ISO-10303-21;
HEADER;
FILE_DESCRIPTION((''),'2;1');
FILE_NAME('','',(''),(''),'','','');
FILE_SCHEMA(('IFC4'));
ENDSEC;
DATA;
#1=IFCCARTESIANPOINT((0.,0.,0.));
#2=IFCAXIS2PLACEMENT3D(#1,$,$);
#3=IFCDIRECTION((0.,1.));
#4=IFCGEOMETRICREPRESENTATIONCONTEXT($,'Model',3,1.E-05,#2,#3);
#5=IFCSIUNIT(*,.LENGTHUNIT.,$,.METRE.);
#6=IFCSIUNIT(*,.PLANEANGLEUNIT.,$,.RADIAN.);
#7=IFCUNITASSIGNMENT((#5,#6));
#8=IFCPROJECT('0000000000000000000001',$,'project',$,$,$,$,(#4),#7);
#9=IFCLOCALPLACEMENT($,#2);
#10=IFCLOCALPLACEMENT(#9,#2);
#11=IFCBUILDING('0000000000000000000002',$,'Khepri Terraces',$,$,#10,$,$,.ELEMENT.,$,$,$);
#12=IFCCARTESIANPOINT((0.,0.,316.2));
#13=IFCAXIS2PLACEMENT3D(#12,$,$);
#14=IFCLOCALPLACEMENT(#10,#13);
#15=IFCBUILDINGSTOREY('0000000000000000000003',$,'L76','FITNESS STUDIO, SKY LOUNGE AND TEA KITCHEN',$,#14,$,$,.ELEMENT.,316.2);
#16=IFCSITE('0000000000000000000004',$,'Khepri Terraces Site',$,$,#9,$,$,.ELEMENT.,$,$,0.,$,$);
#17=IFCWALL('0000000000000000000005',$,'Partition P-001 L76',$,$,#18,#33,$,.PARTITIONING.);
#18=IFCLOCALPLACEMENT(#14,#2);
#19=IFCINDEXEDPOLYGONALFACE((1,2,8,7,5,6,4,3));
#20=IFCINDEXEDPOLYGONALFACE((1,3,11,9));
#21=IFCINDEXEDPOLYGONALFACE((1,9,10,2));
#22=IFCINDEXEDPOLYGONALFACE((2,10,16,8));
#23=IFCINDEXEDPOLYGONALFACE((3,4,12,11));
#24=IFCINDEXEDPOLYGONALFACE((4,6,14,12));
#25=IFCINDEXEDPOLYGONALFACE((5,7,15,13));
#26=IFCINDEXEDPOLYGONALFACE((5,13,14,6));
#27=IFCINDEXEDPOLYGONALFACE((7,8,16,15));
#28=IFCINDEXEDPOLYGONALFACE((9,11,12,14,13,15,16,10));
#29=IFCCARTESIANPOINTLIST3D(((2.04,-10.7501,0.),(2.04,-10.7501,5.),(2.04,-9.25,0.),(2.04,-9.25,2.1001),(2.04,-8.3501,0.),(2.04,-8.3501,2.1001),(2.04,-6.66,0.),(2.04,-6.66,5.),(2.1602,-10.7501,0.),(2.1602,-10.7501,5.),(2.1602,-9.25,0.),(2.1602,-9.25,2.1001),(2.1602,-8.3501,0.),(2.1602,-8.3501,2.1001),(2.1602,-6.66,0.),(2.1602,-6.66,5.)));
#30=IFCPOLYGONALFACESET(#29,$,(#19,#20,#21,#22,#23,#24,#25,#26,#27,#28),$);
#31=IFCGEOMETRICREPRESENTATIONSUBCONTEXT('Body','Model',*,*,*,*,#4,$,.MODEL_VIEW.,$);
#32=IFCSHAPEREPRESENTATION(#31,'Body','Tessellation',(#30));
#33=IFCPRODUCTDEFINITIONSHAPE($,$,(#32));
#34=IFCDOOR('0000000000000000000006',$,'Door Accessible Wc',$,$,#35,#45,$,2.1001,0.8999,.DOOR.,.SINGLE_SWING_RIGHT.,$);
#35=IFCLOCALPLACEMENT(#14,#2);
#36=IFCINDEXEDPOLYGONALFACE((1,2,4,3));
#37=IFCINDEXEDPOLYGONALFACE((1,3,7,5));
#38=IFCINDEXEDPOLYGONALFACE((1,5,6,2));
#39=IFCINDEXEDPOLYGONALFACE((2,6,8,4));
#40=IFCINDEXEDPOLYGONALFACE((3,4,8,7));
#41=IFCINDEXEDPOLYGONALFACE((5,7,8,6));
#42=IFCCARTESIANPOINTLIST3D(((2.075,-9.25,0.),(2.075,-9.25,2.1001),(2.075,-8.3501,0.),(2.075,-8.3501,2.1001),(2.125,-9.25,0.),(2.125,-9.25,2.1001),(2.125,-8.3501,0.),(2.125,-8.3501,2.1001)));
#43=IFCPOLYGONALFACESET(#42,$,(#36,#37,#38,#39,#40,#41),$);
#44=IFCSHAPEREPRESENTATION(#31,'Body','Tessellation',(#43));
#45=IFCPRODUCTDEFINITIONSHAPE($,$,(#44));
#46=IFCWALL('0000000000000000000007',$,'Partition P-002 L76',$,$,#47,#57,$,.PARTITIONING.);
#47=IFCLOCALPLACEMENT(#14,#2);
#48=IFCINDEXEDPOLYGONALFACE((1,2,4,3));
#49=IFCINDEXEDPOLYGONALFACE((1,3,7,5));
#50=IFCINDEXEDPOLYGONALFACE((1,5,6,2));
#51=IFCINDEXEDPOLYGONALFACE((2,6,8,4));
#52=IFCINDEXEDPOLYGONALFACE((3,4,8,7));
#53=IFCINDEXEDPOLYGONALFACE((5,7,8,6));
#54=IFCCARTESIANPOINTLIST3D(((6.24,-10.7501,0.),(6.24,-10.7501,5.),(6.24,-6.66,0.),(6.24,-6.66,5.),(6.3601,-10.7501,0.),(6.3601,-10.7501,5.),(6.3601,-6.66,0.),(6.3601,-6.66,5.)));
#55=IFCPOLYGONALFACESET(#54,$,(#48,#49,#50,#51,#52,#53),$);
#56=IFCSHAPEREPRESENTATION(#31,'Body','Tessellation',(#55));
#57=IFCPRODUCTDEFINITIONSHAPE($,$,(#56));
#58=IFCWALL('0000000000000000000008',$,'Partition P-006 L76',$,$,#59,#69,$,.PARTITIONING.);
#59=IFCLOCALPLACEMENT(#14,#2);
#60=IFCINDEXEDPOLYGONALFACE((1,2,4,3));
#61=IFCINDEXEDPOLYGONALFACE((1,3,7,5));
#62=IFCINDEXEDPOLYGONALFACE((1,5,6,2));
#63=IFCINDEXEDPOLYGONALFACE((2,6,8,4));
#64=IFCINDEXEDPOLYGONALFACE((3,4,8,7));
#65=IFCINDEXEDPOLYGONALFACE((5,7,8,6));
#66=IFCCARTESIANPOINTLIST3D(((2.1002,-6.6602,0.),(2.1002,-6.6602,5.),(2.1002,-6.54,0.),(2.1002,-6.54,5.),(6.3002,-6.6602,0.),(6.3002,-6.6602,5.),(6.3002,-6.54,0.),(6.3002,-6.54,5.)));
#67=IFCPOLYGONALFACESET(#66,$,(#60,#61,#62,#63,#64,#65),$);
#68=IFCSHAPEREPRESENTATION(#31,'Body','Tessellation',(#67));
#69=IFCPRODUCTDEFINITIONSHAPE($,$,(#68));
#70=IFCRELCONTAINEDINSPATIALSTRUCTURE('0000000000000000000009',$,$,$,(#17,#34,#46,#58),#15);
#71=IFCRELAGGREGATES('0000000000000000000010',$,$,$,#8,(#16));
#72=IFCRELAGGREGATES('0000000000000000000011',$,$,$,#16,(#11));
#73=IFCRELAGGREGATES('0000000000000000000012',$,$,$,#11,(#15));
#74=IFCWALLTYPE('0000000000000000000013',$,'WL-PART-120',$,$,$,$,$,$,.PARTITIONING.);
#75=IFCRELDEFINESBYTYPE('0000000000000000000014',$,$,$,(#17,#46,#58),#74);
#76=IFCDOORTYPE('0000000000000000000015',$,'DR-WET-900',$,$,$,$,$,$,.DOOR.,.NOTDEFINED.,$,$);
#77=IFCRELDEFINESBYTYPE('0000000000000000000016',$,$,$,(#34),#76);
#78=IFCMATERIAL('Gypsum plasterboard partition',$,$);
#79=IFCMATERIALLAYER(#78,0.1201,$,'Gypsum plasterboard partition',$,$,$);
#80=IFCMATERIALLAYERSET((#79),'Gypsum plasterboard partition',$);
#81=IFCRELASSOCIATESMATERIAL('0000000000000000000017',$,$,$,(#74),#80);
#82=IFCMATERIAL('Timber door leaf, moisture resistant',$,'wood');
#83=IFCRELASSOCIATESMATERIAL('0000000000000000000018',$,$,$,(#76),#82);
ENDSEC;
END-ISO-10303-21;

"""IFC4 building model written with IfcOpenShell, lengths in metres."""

from ifc_helpers import new_model, si_unit, direction, frame, frame_2d, origin, place, context, subcontext, project, spatial, rectangle, extrude, material, layer, layer_set, type_object, element, fill, save


model = new_model("IFC4")

# Units and contexts
model_context = context("Model", 3, precision=1e-05, world=origin(), true_north=direction((0.0, 1.0)))
body_context = subcontext(model_context, "Body", "Model", "MODEL_VIEW")
ifc_project = project(units=[si_unit("LENGTHUNIT", "METRE"), si_unit("PLANEANGLEUNIT", "RADIAN")], contexts=[model_context])

# Site, building, storey
site_placement = place(None, origin())
site = spatial("IfcSite", under=ifc_project, at=site_placement, Name="Khepri Terraces Site", CompositionType="ELEMENT", RefElevation=0.0)
building_placement = place(site_placement, origin())
building = spatial("IfcBuilding", under=site, at=building_placement, Name="Khepri Terraces", CompositionType="ELEMENT")
storey_placement = place(building_placement, frame((0.0, 0.0, 316.2)))
storey = spatial("IfcBuildingStorey", under=building, at=storey_placement, Name="L76", Description="FITNESS STUDIO, SKY LOUNGE AND TEA KITCHEN", CompositionType="ELEMENT", Elevation=316.2)

# Wall, opening, door
ifc_material_1 = material(Name="Gypsum plasterboard partition")
ifc_layer_1 = layer(ifc_material_1, 0.1201, Name="Gypsum plasterboard partition")
ifc_layer_set_1 = layer_set([ifc_layer_1], Name="Gypsum plasterboard partition")
wall_type_1 = type_object("IfcWallType", Name="WL-PART-120", PredefinedType="PARTITIONING", material=ifc_layer_set_1)
wall_1_placement = place(storey_placement, frame((2.1001, -10.75, 0.0), z_axis=(0.0, 0.0, 1.0), x_axis=(0.0, 1.0, 0.0)))
wall_1 = element("IfcWall", 1, at=wall_1_placement, inside=storey, type_object=wall_type_1, Name="Partition P-001 L76", PredefinedType="PARTITIONING", context=body_context, shape_type="SweptSolid", body=[
    extrude(rectangle(XDim=4.0901, YDim=0.1201, at=frame_2d((2.0449, 0.0))), origin(), (0.0, 0.0, 1.0), 5.0),
])
opening_1_placement = place(wall_1_placement, frame((1.5, 0.0, 0.0)))
opening_1 = element("IfcOpeningElement", 2, at=opening_1_placement, cuts=wall_1, PredefinedType="OPENING", context=body_context, shape_type="SweptSolid", body=[
    extrude(rectangle(XDim=0.8999, YDim=2.1001, at=frame_2d((0.45, 1.05))), frame((0.0, 0.0701, 0.0), z_axis=(0.0, -1.0, 0.0), x_axis=(1.0, 0.0, 0.0)), (0.0, 0.0, 1.0), 0.1401),
])
ifc_material_2 = material(Name="Timber door leaf, moisture resistant", Category="wood")
door_type_1 = type_object("IfcDoorType", Name="DR-WET-900", OperationType="NOTDEFINED", PredefinedType="DOOR", material=ifc_material_2)
door_1_placement = place(opening_1_placement, frame((0.8999, 0.0, 0.0), z_axis=(0.0, 0.0, 1.0), x_axis=(-1.0, 0.0, 0.0)))
door_1 = element("IfcDoor", 3, at=door_1_placement, inside=storey, type_object=door_type_1, Name="Door Accessible Wc", OperationType="SINGLE_SWING_RIGHT", OverallHeight=2.1001, OverallWidth=0.8999, PredefinedType="DOOR", context=body_context, shape_type="SweptSolid", body=[
    extrude(rectangle(XDim=0.8999, YDim=2.1001, at=frame_2d((0.45, 1.05))), frame((0.0, 0.0249, 0.0), z_axis=(0.0, -1.0, 0.0), x_axis=(1.0, 0.0, 0.0)), (0.0, 0.0, 1.0), 0.05),
])
fill(opening_1, door_1)

# Walls
wall_2_placement = place(storey_placement, frame((6.3, -10.75, 0.0), z_axis=(0.0, 0.0, 1.0), x_axis=(0.0, 1.0, 0.0)))
element("IfcWall", 4, at=wall_2_placement, inside=storey, type_object=wall_type_1, Name="Partition P-002 L76", PredefinedType="PARTITIONING", context=body_context, shape_type="SweptSolid", body=[
    extrude(rectangle(XDim=4.0901, YDim=0.1201, at=frame_2d((2.0449, 0.0))), origin(), (0.0, 0.0, 1.0), 5.0),
])
wall_3_placement = place(storey_placement, frame((2.1001, -6.6001, 0.0), z_axis=(0.0, 0.0, 1.0), x_axis=(1.0, 0.0, 0.0)))
element("IfcWall", 5, at=wall_3_placement, inside=storey, type_object=wall_type_1, Name="Partition P-006 L76", PredefinedType="PARTITIONING", context=body_context, shape_type="SweptSolid", body=[
    extrude(rectangle(XDim=4.2, YDim=0.1201, at=frame_2d((2.1001, 0.0))), origin(), (0.0, 0.0, 1.0), 5.0),
])

save(model, "model.ifc")
